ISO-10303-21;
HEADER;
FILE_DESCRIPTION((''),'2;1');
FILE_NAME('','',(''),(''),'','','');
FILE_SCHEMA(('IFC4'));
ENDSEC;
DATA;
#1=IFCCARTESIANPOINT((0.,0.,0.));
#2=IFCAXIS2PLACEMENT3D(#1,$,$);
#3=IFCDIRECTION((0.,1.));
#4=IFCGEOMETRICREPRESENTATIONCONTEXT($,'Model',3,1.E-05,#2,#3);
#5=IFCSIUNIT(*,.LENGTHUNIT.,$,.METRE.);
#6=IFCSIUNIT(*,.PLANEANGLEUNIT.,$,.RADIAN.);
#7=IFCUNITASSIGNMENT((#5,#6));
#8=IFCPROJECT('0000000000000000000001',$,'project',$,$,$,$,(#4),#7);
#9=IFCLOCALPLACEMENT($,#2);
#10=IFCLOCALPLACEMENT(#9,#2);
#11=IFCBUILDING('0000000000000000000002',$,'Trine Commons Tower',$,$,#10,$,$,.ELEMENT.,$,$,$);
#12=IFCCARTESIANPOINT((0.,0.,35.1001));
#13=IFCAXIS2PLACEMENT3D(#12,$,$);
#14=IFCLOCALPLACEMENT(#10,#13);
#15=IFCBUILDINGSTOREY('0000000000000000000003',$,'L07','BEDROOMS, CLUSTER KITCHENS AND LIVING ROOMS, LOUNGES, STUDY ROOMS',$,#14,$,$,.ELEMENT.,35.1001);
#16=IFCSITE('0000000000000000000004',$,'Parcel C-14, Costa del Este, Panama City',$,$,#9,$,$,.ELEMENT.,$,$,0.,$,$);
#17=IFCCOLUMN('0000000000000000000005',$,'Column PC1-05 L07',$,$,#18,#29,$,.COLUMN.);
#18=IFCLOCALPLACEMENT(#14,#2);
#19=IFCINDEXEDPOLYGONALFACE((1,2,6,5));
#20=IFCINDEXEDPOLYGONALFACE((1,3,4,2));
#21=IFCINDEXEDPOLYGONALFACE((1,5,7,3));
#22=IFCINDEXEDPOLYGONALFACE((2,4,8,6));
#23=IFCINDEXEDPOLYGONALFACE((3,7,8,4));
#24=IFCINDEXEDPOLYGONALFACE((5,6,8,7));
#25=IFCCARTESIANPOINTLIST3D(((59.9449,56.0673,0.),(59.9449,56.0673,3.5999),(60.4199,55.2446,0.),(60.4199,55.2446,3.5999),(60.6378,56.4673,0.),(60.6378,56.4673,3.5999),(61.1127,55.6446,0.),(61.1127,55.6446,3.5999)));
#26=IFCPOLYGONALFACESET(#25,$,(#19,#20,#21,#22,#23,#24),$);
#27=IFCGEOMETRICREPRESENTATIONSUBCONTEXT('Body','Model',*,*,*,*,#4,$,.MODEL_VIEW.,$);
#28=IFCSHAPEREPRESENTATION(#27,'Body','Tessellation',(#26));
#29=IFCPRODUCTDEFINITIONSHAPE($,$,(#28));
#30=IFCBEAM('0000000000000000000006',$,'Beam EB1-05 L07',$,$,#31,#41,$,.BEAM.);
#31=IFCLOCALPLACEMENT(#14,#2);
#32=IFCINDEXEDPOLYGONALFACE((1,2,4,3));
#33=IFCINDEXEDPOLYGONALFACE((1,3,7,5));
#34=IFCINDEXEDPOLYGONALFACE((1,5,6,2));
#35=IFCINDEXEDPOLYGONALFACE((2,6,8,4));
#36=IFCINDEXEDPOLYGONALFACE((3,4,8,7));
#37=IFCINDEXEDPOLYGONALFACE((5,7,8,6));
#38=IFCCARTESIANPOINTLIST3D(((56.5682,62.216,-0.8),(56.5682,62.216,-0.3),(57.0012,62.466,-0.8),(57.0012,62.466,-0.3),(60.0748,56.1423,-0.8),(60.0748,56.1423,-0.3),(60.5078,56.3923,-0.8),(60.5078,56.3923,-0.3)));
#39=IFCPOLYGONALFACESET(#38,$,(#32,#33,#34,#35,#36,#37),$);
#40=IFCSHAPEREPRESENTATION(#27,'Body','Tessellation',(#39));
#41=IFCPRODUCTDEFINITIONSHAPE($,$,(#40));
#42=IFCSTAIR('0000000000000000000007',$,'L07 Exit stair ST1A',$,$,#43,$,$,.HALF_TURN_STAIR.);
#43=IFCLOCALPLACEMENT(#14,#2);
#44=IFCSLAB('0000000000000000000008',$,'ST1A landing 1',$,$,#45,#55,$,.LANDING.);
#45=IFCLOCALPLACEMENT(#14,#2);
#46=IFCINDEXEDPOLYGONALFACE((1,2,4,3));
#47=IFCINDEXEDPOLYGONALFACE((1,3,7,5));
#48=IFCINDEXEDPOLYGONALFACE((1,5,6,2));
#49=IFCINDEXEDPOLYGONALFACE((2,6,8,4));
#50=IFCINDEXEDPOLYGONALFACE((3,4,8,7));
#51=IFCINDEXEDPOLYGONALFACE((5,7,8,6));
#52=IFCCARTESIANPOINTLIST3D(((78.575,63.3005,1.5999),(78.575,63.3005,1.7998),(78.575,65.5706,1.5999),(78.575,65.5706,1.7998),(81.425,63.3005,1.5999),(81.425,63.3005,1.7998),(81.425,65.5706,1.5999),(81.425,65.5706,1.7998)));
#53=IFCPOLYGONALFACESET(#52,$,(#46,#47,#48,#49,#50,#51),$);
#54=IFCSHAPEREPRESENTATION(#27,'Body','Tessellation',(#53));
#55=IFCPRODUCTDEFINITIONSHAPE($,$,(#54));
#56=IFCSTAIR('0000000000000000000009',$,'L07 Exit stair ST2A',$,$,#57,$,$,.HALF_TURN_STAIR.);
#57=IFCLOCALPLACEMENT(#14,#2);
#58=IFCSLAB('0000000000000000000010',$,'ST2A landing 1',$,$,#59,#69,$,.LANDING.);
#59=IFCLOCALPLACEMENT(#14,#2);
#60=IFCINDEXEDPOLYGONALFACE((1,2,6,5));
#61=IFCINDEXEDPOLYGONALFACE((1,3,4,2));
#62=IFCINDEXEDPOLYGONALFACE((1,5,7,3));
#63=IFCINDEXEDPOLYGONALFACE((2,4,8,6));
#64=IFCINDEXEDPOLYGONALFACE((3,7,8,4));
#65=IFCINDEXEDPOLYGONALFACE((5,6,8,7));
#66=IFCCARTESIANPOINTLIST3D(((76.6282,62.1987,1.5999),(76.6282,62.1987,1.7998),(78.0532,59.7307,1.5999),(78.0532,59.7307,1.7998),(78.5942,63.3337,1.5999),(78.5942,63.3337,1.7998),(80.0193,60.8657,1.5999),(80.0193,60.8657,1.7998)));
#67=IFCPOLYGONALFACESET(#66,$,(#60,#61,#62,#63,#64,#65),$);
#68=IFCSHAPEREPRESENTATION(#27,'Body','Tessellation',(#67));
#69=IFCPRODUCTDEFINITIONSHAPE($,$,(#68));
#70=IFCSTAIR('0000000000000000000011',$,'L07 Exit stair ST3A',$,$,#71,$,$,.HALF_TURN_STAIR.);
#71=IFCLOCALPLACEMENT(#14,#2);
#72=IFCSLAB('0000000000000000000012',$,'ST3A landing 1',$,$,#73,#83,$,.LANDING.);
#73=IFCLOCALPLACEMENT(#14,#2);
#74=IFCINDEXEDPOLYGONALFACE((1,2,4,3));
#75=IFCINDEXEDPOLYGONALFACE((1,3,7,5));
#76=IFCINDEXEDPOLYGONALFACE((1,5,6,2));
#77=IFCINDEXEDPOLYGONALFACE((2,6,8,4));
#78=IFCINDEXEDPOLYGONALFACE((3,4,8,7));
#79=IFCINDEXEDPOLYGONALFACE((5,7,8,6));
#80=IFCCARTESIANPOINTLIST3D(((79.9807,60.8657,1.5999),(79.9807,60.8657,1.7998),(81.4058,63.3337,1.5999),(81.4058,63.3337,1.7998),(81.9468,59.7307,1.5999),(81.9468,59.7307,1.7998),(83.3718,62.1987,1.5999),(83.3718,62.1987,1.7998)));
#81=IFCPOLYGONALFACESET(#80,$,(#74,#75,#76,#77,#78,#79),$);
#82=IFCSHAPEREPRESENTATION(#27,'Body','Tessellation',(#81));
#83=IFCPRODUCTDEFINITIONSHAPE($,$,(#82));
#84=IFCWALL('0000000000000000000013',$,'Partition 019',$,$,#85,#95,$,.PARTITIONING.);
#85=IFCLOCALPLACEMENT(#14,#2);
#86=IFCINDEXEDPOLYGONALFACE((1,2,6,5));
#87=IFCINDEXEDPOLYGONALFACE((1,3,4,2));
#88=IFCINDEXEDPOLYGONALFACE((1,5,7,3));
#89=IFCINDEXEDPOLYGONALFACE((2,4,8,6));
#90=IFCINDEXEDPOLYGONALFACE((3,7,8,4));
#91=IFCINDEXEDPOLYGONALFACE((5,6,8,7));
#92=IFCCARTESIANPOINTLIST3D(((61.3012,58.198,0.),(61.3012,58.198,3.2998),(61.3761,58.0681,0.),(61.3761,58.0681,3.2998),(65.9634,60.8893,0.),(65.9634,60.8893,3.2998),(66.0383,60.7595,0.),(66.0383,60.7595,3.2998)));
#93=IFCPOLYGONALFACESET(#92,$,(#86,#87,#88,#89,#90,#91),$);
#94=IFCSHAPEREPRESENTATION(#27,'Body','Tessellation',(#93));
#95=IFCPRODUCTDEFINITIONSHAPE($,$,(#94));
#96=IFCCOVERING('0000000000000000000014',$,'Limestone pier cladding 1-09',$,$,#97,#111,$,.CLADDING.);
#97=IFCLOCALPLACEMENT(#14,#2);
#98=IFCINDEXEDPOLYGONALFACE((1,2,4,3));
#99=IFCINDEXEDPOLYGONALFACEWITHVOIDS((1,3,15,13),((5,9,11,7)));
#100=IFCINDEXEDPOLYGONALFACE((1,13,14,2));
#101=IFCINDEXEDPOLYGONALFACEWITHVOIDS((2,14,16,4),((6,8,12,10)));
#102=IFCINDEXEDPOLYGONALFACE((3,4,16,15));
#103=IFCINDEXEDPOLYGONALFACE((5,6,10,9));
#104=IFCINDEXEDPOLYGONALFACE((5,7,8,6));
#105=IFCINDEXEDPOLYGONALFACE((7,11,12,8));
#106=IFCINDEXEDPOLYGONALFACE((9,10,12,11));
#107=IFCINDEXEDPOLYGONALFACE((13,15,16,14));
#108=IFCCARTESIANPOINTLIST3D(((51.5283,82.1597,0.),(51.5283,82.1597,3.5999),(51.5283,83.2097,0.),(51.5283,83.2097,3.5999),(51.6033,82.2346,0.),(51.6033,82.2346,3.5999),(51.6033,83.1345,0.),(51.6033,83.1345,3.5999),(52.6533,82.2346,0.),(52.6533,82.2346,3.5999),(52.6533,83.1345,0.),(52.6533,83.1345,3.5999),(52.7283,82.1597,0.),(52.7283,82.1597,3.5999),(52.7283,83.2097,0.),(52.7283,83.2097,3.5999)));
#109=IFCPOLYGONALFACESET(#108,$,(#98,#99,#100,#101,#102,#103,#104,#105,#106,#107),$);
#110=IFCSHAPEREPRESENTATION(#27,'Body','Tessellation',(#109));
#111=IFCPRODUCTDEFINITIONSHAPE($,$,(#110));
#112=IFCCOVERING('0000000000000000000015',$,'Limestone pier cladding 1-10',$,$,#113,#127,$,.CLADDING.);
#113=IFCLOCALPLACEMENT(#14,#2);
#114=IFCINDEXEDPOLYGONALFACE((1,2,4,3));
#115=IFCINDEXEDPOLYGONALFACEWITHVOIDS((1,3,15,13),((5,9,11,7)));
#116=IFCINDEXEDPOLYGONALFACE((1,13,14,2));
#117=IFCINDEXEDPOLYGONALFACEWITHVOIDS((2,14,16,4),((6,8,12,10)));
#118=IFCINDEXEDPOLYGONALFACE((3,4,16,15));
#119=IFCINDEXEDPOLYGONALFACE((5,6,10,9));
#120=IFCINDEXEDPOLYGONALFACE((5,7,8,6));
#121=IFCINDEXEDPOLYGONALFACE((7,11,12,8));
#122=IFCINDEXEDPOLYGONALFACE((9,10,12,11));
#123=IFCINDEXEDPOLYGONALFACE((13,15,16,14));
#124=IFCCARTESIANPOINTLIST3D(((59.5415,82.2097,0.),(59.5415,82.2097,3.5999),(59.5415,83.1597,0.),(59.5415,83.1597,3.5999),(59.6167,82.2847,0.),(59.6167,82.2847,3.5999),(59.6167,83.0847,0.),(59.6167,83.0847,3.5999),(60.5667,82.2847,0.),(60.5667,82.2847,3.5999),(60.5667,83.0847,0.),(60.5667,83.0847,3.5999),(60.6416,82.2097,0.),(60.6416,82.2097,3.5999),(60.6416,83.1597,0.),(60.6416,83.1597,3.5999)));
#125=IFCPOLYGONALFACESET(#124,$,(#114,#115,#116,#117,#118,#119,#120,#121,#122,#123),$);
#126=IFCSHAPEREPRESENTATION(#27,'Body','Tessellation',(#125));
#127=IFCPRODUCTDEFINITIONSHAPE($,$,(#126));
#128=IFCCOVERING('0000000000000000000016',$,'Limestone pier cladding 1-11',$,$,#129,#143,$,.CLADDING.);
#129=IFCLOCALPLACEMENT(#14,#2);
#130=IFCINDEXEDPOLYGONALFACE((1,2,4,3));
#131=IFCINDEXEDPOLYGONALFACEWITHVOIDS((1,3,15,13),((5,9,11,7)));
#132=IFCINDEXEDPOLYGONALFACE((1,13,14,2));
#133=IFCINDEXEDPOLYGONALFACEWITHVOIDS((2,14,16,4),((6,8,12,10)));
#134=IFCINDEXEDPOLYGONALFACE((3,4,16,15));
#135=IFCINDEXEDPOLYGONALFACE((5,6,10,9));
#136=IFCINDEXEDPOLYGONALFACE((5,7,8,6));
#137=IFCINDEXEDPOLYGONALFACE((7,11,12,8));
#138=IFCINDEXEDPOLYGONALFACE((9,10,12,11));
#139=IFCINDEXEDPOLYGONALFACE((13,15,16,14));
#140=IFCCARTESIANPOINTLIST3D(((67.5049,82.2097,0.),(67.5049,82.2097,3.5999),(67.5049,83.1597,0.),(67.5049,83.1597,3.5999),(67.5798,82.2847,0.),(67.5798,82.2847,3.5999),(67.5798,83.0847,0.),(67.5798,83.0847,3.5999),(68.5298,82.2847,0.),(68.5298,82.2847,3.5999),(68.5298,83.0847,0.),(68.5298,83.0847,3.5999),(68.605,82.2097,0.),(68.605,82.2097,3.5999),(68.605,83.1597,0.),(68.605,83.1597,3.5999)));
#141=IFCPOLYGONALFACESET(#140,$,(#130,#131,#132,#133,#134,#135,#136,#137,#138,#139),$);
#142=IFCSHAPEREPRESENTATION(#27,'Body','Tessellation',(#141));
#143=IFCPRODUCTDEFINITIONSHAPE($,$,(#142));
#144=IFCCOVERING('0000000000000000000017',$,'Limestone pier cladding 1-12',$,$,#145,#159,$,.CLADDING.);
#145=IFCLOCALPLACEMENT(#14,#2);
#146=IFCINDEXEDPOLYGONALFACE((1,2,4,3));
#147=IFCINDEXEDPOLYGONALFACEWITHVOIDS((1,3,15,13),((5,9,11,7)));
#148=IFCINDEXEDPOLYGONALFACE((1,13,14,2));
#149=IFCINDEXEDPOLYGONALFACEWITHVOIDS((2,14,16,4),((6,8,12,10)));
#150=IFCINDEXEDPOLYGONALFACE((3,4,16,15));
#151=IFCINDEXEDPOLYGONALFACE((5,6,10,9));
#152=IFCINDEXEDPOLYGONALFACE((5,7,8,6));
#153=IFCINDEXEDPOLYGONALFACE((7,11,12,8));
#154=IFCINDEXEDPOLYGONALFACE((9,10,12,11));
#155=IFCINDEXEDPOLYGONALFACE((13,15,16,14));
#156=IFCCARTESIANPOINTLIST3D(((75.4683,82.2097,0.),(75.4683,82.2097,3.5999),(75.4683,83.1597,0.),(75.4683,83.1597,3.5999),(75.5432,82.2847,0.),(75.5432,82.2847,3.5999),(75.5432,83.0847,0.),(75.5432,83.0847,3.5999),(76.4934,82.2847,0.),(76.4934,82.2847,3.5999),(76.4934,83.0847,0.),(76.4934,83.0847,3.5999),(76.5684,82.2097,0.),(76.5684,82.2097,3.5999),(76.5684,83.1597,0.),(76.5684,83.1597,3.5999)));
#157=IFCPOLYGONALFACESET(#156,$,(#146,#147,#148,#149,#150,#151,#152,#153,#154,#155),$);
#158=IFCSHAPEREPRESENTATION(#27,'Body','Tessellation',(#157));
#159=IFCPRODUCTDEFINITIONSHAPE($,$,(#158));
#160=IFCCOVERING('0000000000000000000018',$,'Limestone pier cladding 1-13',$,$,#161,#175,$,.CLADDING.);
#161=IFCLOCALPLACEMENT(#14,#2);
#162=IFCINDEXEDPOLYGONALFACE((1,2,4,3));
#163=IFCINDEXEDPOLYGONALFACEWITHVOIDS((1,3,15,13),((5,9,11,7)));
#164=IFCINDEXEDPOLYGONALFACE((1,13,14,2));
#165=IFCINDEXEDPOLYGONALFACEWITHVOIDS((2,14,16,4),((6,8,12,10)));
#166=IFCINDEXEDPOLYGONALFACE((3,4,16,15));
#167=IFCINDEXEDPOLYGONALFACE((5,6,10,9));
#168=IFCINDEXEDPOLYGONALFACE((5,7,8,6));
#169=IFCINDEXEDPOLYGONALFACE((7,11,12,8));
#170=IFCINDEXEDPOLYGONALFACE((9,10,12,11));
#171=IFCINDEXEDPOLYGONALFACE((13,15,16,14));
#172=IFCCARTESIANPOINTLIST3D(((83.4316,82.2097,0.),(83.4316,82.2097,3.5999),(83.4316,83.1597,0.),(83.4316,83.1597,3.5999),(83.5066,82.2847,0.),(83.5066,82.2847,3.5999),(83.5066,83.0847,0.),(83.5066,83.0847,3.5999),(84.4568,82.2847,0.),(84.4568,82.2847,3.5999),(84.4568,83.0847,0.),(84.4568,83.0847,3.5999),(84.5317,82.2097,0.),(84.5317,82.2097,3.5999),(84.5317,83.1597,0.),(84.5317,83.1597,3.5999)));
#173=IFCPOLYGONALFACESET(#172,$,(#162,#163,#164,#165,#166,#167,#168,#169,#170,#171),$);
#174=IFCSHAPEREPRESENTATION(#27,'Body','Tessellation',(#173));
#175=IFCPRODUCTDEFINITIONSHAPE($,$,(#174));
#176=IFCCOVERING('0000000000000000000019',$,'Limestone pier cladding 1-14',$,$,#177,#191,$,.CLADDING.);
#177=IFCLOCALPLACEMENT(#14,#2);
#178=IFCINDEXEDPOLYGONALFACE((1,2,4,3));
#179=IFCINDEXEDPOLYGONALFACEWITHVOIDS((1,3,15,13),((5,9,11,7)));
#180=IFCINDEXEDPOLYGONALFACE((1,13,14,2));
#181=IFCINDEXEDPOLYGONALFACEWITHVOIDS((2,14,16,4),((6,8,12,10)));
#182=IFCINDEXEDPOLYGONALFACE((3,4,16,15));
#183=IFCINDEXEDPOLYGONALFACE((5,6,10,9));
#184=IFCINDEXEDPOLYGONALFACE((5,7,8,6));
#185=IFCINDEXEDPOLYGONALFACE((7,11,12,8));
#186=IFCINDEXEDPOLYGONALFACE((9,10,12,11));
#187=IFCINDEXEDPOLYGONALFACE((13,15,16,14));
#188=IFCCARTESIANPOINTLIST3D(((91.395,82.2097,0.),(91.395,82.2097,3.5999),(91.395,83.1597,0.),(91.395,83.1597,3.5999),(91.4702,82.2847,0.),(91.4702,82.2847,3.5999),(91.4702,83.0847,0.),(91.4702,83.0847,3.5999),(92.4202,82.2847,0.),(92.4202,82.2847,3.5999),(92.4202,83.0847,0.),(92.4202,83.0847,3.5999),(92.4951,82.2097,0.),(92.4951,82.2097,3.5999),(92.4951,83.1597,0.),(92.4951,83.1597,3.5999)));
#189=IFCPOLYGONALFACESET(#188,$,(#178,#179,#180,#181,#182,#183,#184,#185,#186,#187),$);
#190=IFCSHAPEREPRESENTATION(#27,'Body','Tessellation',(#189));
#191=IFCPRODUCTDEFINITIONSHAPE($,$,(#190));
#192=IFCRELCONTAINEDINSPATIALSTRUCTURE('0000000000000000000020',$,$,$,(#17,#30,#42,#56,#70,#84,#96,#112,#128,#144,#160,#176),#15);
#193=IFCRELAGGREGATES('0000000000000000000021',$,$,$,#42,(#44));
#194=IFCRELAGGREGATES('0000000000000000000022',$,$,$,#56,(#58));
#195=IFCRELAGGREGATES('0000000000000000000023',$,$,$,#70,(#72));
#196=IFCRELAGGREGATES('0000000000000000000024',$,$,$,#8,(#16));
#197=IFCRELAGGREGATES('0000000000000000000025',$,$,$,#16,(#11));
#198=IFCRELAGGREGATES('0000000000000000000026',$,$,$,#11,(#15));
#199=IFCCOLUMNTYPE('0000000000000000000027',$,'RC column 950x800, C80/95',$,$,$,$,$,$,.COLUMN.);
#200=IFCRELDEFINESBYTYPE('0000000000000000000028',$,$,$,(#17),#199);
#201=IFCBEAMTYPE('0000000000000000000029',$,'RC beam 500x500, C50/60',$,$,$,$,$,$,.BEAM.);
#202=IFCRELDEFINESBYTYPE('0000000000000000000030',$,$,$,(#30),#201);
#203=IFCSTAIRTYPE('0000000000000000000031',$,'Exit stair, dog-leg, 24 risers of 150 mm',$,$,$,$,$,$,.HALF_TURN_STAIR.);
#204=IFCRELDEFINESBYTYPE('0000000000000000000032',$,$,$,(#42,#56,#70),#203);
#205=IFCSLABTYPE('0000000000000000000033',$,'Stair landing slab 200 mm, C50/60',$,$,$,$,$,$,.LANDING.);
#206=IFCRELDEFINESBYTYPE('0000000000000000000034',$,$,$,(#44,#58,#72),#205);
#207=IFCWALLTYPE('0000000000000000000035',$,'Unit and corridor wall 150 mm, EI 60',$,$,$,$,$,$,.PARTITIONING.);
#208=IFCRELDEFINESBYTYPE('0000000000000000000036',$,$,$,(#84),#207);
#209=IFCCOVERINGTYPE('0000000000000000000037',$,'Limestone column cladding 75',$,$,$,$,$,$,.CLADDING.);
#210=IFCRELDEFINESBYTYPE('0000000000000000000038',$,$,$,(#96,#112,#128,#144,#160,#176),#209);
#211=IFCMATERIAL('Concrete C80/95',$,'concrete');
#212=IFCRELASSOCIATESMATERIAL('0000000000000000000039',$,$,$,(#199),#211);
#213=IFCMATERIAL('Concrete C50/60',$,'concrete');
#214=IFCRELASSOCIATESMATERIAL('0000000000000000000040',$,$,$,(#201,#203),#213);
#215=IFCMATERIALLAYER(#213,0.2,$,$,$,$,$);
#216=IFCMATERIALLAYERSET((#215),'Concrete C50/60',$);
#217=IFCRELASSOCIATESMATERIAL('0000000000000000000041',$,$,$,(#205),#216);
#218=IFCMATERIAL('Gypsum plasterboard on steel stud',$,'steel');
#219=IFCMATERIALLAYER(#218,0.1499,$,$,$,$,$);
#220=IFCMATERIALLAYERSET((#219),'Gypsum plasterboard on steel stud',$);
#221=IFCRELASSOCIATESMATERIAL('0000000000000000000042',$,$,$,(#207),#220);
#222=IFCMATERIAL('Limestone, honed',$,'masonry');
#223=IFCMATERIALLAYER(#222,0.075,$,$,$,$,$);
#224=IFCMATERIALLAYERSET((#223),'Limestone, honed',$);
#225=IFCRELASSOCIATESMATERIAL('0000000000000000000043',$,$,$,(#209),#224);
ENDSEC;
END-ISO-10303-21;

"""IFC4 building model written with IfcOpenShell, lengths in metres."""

from ifc_helpers import new_model, si_unit, direction, frame, frame_2d, origin, origin_2d, place, context, subcontext, project, spatial, polyline, rectangle, outline, extrude, material, layer, layer_set, material_profile, profile_set, type_object, element, aggregate, save


model = new_model("IFC4")

# Units and contexts
model_context = context("Model", 3, precision=1e-05, world=origin(), true_north=direction((0.0, 1.0)))
body_context = subcontext(model_context, "Body", "Model", "MODEL_VIEW")
ifc_project = project(units=[si_unit("LENGTHUNIT", "METRE"), si_unit("PLANEANGLEUNIT", "RADIAN")], contexts=[model_context])

# Site, building, storey
site_placement = place(None, origin())
site = spatial("IfcSite", under=ifc_project, at=site_placement, Name="Parcel C-14, Costa del Este, Panama City", CompositionType="ELEMENT", RefElevation=0.0)
building_placement = place(site_placement, origin())
building = spatial("IfcBuilding", under=site, at=building_placement, Name="Trine Commons Tower", CompositionType="ELEMENT")
storey_placement = place(building_placement, frame((0.0, 0.0, 35.1001)))
storey = spatial("IfcBuildingStorey", under=building, at=storey_placement, Name="L07", Description="BEDROOMS, CLUSTER KITCHENS AND LIVING ROOMS, LOUNGES, STUDY ROOMS", CompositionType="ELEMENT", Elevation=35.1001)

# Column
ifc_material_1 = material(Name="Concrete C80/95", Category="concrete")
ifc_material_profile_1 = material_profile(ifc_material_1, rectangle(XDim=0.95, YDim=0.8, at=origin_2d()), Name="RC 950x800")
ifc_profile_set_1 = profile_set([ifc_material_profile_1], Name="Concrete C80/95")
column_type = type_object("IfcColumnType", Name="RC column 950x800, C80/95", PredefinedType="COLUMN", material=ifc_profile_set_1)
column_placement = place(storey_placement, frame((60.5288, 55.856, 0.0), z_axis=(0.0, 0.0, 1.0), x_axis=(-0.5, 0.866025, 0.0)))
element("IfcColumn", 1, at=column_placement, inside=storey, type_object=column_type, Name="Column PC1-05 L07", PredefinedType="COLUMN", context=body_context, shape_type="SweptSolid", body=[
    extrude(rectangle(XDim=0.95, YDim=0.8, at=origin_2d()), origin(), (0.0, 0.0, 1.0), 3.5999),
])

# Beam
ifc_material_2 = material(Name="Concrete C50/60", Category="concrete")
ifc_material_profile_2 = material_profile(ifc_material_2, rectangle(XDim=0.5, YDim=0.5, at=origin_2d()), Name="RC 500x500")
ifc_profile_set_2 = profile_set([ifc_material_profile_2], Name="Concrete C50/60")
beam_type = type_object("IfcBeamType", Name="RC beam 500x500, C50/60", PredefinedType="BEAM", material=ifc_profile_set_2)
beam_placement = place(storey_placement, frame((60.2913, 56.2673, -0.55), z_axis=(-0.499992, 0.86603, 0.0), x_axis=(-0.86603, -0.499992, 0.0)))
element("IfcBeam", 2, at=beam_placement, inside=storey, type_object=beam_type, Name="Beam EB1-05 L07", PredefinedType="BEAM", context=body_context, shape_type="SweptSolid", body=[
    extrude(rectangle(XDim=0.5, YDim=0.5, at=origin_2d()), origin(), (0.0, 0.0, 1.0), 7.0132),
])

# Stairs, slabs
stair_type = type_object("IfcStairType", Name="Exit stair, dog-leg, 24 risers of 150 mm", PredefinedType="HALF_TURN_STAIR", material=ifc_material_2)
stair_1_placement = place(storey_placement, origin())
stair_1 = element("IfcStair", 3, at=stair_1_placement, inside=storey, type_object=stair_type, Name="L07 Exit stair ST1A", PredefinedType="HALF_TURN_STAIR")
ifc_layer_1 = layer(ifc_material_2, 0.2)
ifc_layer_set_1 = layer_set([ifc_layer_1], Name="Concrete C50/60")
slab_type = type_object("IfcSlabType", Name="Stair landing slab 200 mm, C50/60", PredefinedType="LANDING", material=ifc_layer_set_1)
slab_1_placement = place(storey_placement, frame((0.0, 0.0, 1.5999)))
slab_1 = element("IfcSlab", 4, at=slab_1_placement, type_object=slab_type, Name="ST1A landing 1", PredefinedType="LANDING", context=body_context, shape_type="SweptSolid", body=[
    extrude(outline(polyline([(78.575, 65.5706), (78.575, 63.3005), (81.425, 63.3005), (81.425, 65.5706), (78.575, 65.5706)])), origin(), (0.0, 0.0, 1.0), 0.2),
])
aggregate(stair_1, [slab_1])
stair_2_placement = place(storey_placement, origin())
stair_2 = element("IfcStair", 5, at=stair_2_placement, inside=storey, type_object=stair_type, Name="L07 Exit stair ST2A", PredefinedType="HALF_TURN_STAIR")
slab_2_placement = place(storey_placement, frame((0.0, 0.0, 1.5999)))
slab_2 = element("IfcSlab", 6, at=slab_2_placement, type_object=slab_type, Name="ST2A landing 1", PredefinedType="LANDING", context=body_context, shape_type="SweptSolid", body=[
    extrude(outline(polyline([(78.0532, 59.7307), (80.0193, 60.8657), (78.5942, 63.3337), (76.6282, 62.1987), (78.0532, 59.7307)])), origin(), (0.0, 0.0, 1.0), 0.2),
])
aggregate(stair_2, [slab_2])
stair_3_placement = place(storey_placement, origin())
stair_3 = element("IfcStair", 7, at=stair_3_placement, inside=storey, type_object=stair_type, Name="L07 Exit stair ST3A", PredefinedType="HALF_TURN_STAIR")
slab_3_placement = place(storey_placement, frame((0.0, 0.0, 1.5999)))
slab_3 = element("IfcSlab", 8, at=slab_3_placement, type_object=slab_type, Name="ST3A landing 1", PredefinedType="LANDING", context=body_context, shape_type="SweptSolid", body=[
    extrude(outline(polyline([(83.3718, 62.1987), (81.4058, 63.3337), (79.9807, 60.8657), (81.9468, 59.7307), (83.3718, 62.1987)])), origin(), (0.0, 0.0, 1.0), 0.2),
])
aggregate(stair_3, [slab_3])

# Wall
ifc_material_3 = material(Name="Gypsum plasterboard on steel stud", Category="steel")
ifc_layer_2 = layer(ifc_material_3, 0.1499)
ifc_layer_set_2 = layer_set([ifc_layer_2], Name="Gypsum plasterboard on steel stud")
wall_type = type_object("IfcWallType", Name="Unit and corridor wall 150 mm, EI 60", PredefinedType="PARTITIONING", material=ifc_layer_set_2)
wall_placement = place(storey_placement, frame((61.3386, 58.1331, 0.0), z_axis=(0.0, 0.0, 1.0), x_axis=(0.866058, 0.499944, 0.0)))
element("IfcWall", 9, at=wall_placement, inside=storey, type_object=wall_type, Name="Partition 019", PredefinedType="PARTITIONING", context=body_context, shape_type="SweptSolid", body=[
    extrude(rectangle(XDim=5.3833, YDim=0.1499, at=frame_2d((2.6917, 0.0))), origin(), (0.0, 0.0, 1.0), 3.2998),
])

# Coverings
ifc_material_4 = material(Name="Limestone, honed", Category="masonry")
ifc_layer_3 = layer(ifc_material_4, 0.075)
ifc_layer_set_3 = layer_set([ifc_layer_3], Name="Limestone, honed")
covering_type_1 = type_object("IfcCoveringType", Name="Limestone column cladding 75", PredefinedType="CLADDING", material=ifc_layer_set_3)
covering_1_placement = place(storey_placement, origin())
element("IfcCovering", 10, at=covering_1_placement, inside=storey, type_object=covering_type_1, Name="Limestone pier cladding 1-09", PredefinedType="CLADDING", context=body_context, shape_type="SweptSolid", body=[
    extrude(outline(polyline([(52.7283, 82.1597), (52.7283, 83.2097), (51.5283, 83.2097), (51.5283, 82.1597), (52.7283, 82.1597)]), holes=[polyline([(52.6533, 82.2346), (52.6533, 83.1345), (51.6033, 83.1345), (51.6033, 82.2346), (52.6533, 82.2346)])]), origin(), (0.0, 0.0, 1.0), 3.5999),
])
covering_2_placement = place(storey_placement, origin())
element("IfcCovering", 11, at=covering_2_placement, inside=storey, type_object=covering_type_1, Name="Limestone pier cladding 1-10", PredefinedType="CLADDING", context=body_context, shape_type="SweptSolid", body=[
    extrude(outline(polyline([(60.6416, 82.2097), (60.6416, 83.1597), (59.5415, 83.1597), (59.5415, 82.2097), (60.6416, 82.2097)]), holes=[polyline([(60.5667, 82.2847), (60.5667, 83.0847), (59.6167, 83.0847), (59.6167, 82.2847), (60.5667, 82.2847)])]), origin(), (0.0, 0.0, 1.0), 3.5999),
])
covering_3_placement = place(storey_placement, origin())
element("IfcCovering", 12, at=covering_3_placement, inside=storey, type_object=covering_type_1, Name="Limestone pier cladding 1-11", PredefinedType="CLADDING", context=body_context, shape_type="SweptSolid", body=[
    extrude(outline(polyline([(68.605, 82.2097), (68.605, 83.1597), (67.5049, 83.1597), (67.5049, 82.2097), (68.605, 82.2097)]), holes=[polyline([(68.5298, 82.2847), (68.5298, 83.0847), (67.5798, 83.0847), (67.5798, 82.2847), (68.5298, 82.2847)])]), origin(), (0.0, 0.0, 1.0), 3.5999),
])
covering_4_placement = place(storey_placement, origin())
element("IfcCovering", 13, at=covering_4_placement, inside=storey, type_object=covering_type_1, Name="Limestone pier cladding 1-12", PredefinedType="CLADDING", context=body_context, shape_type="SweptSolid", body=[
    extrude(outline(polyline([(76.5684, 82.2097), (76.5684, 83.1597), (75.4683, 83.1597), (75.4683, 82.2097), (76.5684, 82.2097)]), holes=[polyline([(76.4934, 82.2847), (76.4934, 83.0847), (75.5432, 83.0847), (75.5432, 82.2847), (76.4934, 82.2847)])]), origin(), (0.0, 0.0, 1.0), 3.5999),
])
covering_5_placement = place(storey_placement, origin())
element("IfcCovering", 14, at=covering_5_placement, inside=storey, type_object=covering_type_1, Name="Limestone pier cladding 1-13", PredefinedType="CLADDING", context=body_context, shape_type="SweptSolid", body=[
    extrude(outline(polyline([(84.5317, 82.2097), (84.5317, 83.1597), (83.4316, 83.1597), (83.4316, 82.2097), (84.5317, 82.2097)]), holes=[polyline([(84.4568, 82.2847), (84.4568, 83.0847), (83.5066, 83.0847), (83.5066, 82.2847), (84.4568, 82.2847)])]), origin(), (0.0, 0.0, 1.0), 3.5999),
])
covering_6_placement = place(storey_placement, origin())
element("IfcCovering", 15, at=covering_6_placement, inside=storey, type_object=covering_type_1, Name="Limestone pier cladding 1-14", PredefinedType="CLADDING", context=body_context, shape_type="SweptSolid", body=[
    extrude(outline(polyline([(92.4951, 82.2097), (92.4951, 83.1597), (91.395, 83.1597), (91.395, 82.2097), (92.4951, 82.2097)]), holes=[polyline([(92.4202, 82.2847), (92.4202, 83.0847), (91.4702, 83.0847), (91.4702, 82.2847), (92.4202, 82.2847)])]), origin(), (0.0, 0.0, 1.0), 3.5999),
])

save(model, "model.ifc")
